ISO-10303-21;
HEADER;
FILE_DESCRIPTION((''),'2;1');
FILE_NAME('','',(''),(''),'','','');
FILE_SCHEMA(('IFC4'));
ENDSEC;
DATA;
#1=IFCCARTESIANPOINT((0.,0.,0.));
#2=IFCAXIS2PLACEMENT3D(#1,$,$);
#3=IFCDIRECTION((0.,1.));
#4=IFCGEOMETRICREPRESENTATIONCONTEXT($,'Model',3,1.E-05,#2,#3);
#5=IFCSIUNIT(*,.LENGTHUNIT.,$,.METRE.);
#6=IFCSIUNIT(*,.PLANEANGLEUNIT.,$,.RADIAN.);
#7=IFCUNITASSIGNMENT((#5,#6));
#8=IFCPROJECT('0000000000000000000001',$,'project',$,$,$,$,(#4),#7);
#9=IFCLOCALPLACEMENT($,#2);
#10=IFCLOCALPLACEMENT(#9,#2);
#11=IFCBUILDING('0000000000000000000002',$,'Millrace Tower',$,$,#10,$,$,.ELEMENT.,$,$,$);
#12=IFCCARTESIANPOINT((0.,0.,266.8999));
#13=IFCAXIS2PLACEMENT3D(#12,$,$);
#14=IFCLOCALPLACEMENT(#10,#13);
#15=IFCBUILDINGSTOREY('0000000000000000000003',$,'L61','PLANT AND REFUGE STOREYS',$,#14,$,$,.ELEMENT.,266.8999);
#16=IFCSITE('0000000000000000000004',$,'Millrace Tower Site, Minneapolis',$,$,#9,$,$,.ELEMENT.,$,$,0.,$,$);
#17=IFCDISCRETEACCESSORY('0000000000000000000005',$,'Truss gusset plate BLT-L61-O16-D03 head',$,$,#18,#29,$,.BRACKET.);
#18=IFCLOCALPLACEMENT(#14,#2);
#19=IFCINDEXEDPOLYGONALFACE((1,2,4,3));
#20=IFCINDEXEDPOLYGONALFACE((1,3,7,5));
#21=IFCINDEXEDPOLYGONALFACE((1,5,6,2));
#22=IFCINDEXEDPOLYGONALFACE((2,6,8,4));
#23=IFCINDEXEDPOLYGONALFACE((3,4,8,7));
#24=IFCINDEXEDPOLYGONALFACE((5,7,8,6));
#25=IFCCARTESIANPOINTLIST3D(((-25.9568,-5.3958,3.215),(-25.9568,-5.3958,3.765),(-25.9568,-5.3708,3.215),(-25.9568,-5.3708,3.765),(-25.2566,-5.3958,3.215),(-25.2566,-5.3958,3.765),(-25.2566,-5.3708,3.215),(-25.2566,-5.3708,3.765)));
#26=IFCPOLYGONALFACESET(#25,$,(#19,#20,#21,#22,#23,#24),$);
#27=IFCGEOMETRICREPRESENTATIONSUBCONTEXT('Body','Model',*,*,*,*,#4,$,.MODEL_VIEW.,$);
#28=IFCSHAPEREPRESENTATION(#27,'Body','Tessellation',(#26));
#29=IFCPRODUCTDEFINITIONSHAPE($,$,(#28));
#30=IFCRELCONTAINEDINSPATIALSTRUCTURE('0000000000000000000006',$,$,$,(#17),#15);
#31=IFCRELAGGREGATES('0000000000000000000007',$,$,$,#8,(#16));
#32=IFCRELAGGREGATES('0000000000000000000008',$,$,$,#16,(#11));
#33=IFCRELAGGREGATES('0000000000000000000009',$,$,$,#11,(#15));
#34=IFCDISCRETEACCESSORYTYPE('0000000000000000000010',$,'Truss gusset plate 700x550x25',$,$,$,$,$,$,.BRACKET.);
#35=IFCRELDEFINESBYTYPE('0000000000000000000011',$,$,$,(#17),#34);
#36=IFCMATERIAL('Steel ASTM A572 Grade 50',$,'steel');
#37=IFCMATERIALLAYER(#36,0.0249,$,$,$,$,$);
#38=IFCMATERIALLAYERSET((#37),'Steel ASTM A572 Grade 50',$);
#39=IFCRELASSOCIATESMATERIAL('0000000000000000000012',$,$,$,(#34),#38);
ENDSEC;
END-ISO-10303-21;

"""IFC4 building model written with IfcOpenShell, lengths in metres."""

from ifc_helpers import new_model, si_unit, direction, frame, origin, origin_2d, place, context, subcontext, project, spatial, rectangle, extrude, material, layer, layer_set, type_object, element, save


model = new_model("IFC4")

# Units and contexts
model_context = context("Model", 3, precision=1e-05, world=origin(), true_north=direction((0.0, 1.0)))
body_context = subcontext(model_context, "Body", "Model", "MODEL_VIEW")
ifc_project = project(units=[si_unit("LENGTHUNIT", "METRE"), si_unit("PLANEANGLEUNIT", "RADIAN")], contexts=[model_context])

# Site, building, storey
site_placement = place(None, origin())
site = spatial("IfcSite", under=ifc_project, at=site_placement, Name="Millrace Tower Site, Minneapolis", CompositionType="ELEMENT", RefElevation=0.0)
building_placement = place(site_placement, origin())
building = spatial("IfcBuilding", under=site, at=building_placement, Name="Millrace Tower", CompositionType="ELEMENT")
storey_placement = place(building_placement, frame((0.0, 0.0, 266.8999)))
storey = spatial("IfcBuildingStorey", under=building, at=storey_placement, Name="L61", Description="PLANT AND REFUGE STOREYS", CompositionType="ELEMENT", Elevation=266.8999)

# Discrete accessory
ifc_material_1 = material(Name="Steel ASTM A572 Grade 50", Category="steel")
ifc_layer_1 = layer(ifc_material_1, 0.0249)
ifc_layer_set_1 = layer_set([ifc_layer_1], Name="Steel ASTM A572 Grade 50")
discrete_accessory_type = type_object("IfcDiscreteAccessoryType", Name="Truss gusset plate 700x550x25", PredefinedType="BRACKET", material=ifc_layer_set_1)
discrete_accessory_1_placement = place(storey_placement, frame((-25.9568, -5.3833, 3.49), z_axis=(1.0, 0.0, 0.0), x_axis=(0.0, 1.0, 0.0)))
element("IfcDiscreteAccessory", 1, at=discrete_accessory_1_placement, inside=storey, type_object=discrete_accessory_type, Name="Truss gusset plate BLT-L61-O16-D03 head", PredefinedType="BRACKET", context=body_context, shape_type="SweptSolid", body=[
    extrude(rectangle(XDim=0.0249, YDim=0.55, at=origin_2d()), origin(), (0.0, 0.0, 1.0), 0.7002),
])

save(model, "model.ifc")
